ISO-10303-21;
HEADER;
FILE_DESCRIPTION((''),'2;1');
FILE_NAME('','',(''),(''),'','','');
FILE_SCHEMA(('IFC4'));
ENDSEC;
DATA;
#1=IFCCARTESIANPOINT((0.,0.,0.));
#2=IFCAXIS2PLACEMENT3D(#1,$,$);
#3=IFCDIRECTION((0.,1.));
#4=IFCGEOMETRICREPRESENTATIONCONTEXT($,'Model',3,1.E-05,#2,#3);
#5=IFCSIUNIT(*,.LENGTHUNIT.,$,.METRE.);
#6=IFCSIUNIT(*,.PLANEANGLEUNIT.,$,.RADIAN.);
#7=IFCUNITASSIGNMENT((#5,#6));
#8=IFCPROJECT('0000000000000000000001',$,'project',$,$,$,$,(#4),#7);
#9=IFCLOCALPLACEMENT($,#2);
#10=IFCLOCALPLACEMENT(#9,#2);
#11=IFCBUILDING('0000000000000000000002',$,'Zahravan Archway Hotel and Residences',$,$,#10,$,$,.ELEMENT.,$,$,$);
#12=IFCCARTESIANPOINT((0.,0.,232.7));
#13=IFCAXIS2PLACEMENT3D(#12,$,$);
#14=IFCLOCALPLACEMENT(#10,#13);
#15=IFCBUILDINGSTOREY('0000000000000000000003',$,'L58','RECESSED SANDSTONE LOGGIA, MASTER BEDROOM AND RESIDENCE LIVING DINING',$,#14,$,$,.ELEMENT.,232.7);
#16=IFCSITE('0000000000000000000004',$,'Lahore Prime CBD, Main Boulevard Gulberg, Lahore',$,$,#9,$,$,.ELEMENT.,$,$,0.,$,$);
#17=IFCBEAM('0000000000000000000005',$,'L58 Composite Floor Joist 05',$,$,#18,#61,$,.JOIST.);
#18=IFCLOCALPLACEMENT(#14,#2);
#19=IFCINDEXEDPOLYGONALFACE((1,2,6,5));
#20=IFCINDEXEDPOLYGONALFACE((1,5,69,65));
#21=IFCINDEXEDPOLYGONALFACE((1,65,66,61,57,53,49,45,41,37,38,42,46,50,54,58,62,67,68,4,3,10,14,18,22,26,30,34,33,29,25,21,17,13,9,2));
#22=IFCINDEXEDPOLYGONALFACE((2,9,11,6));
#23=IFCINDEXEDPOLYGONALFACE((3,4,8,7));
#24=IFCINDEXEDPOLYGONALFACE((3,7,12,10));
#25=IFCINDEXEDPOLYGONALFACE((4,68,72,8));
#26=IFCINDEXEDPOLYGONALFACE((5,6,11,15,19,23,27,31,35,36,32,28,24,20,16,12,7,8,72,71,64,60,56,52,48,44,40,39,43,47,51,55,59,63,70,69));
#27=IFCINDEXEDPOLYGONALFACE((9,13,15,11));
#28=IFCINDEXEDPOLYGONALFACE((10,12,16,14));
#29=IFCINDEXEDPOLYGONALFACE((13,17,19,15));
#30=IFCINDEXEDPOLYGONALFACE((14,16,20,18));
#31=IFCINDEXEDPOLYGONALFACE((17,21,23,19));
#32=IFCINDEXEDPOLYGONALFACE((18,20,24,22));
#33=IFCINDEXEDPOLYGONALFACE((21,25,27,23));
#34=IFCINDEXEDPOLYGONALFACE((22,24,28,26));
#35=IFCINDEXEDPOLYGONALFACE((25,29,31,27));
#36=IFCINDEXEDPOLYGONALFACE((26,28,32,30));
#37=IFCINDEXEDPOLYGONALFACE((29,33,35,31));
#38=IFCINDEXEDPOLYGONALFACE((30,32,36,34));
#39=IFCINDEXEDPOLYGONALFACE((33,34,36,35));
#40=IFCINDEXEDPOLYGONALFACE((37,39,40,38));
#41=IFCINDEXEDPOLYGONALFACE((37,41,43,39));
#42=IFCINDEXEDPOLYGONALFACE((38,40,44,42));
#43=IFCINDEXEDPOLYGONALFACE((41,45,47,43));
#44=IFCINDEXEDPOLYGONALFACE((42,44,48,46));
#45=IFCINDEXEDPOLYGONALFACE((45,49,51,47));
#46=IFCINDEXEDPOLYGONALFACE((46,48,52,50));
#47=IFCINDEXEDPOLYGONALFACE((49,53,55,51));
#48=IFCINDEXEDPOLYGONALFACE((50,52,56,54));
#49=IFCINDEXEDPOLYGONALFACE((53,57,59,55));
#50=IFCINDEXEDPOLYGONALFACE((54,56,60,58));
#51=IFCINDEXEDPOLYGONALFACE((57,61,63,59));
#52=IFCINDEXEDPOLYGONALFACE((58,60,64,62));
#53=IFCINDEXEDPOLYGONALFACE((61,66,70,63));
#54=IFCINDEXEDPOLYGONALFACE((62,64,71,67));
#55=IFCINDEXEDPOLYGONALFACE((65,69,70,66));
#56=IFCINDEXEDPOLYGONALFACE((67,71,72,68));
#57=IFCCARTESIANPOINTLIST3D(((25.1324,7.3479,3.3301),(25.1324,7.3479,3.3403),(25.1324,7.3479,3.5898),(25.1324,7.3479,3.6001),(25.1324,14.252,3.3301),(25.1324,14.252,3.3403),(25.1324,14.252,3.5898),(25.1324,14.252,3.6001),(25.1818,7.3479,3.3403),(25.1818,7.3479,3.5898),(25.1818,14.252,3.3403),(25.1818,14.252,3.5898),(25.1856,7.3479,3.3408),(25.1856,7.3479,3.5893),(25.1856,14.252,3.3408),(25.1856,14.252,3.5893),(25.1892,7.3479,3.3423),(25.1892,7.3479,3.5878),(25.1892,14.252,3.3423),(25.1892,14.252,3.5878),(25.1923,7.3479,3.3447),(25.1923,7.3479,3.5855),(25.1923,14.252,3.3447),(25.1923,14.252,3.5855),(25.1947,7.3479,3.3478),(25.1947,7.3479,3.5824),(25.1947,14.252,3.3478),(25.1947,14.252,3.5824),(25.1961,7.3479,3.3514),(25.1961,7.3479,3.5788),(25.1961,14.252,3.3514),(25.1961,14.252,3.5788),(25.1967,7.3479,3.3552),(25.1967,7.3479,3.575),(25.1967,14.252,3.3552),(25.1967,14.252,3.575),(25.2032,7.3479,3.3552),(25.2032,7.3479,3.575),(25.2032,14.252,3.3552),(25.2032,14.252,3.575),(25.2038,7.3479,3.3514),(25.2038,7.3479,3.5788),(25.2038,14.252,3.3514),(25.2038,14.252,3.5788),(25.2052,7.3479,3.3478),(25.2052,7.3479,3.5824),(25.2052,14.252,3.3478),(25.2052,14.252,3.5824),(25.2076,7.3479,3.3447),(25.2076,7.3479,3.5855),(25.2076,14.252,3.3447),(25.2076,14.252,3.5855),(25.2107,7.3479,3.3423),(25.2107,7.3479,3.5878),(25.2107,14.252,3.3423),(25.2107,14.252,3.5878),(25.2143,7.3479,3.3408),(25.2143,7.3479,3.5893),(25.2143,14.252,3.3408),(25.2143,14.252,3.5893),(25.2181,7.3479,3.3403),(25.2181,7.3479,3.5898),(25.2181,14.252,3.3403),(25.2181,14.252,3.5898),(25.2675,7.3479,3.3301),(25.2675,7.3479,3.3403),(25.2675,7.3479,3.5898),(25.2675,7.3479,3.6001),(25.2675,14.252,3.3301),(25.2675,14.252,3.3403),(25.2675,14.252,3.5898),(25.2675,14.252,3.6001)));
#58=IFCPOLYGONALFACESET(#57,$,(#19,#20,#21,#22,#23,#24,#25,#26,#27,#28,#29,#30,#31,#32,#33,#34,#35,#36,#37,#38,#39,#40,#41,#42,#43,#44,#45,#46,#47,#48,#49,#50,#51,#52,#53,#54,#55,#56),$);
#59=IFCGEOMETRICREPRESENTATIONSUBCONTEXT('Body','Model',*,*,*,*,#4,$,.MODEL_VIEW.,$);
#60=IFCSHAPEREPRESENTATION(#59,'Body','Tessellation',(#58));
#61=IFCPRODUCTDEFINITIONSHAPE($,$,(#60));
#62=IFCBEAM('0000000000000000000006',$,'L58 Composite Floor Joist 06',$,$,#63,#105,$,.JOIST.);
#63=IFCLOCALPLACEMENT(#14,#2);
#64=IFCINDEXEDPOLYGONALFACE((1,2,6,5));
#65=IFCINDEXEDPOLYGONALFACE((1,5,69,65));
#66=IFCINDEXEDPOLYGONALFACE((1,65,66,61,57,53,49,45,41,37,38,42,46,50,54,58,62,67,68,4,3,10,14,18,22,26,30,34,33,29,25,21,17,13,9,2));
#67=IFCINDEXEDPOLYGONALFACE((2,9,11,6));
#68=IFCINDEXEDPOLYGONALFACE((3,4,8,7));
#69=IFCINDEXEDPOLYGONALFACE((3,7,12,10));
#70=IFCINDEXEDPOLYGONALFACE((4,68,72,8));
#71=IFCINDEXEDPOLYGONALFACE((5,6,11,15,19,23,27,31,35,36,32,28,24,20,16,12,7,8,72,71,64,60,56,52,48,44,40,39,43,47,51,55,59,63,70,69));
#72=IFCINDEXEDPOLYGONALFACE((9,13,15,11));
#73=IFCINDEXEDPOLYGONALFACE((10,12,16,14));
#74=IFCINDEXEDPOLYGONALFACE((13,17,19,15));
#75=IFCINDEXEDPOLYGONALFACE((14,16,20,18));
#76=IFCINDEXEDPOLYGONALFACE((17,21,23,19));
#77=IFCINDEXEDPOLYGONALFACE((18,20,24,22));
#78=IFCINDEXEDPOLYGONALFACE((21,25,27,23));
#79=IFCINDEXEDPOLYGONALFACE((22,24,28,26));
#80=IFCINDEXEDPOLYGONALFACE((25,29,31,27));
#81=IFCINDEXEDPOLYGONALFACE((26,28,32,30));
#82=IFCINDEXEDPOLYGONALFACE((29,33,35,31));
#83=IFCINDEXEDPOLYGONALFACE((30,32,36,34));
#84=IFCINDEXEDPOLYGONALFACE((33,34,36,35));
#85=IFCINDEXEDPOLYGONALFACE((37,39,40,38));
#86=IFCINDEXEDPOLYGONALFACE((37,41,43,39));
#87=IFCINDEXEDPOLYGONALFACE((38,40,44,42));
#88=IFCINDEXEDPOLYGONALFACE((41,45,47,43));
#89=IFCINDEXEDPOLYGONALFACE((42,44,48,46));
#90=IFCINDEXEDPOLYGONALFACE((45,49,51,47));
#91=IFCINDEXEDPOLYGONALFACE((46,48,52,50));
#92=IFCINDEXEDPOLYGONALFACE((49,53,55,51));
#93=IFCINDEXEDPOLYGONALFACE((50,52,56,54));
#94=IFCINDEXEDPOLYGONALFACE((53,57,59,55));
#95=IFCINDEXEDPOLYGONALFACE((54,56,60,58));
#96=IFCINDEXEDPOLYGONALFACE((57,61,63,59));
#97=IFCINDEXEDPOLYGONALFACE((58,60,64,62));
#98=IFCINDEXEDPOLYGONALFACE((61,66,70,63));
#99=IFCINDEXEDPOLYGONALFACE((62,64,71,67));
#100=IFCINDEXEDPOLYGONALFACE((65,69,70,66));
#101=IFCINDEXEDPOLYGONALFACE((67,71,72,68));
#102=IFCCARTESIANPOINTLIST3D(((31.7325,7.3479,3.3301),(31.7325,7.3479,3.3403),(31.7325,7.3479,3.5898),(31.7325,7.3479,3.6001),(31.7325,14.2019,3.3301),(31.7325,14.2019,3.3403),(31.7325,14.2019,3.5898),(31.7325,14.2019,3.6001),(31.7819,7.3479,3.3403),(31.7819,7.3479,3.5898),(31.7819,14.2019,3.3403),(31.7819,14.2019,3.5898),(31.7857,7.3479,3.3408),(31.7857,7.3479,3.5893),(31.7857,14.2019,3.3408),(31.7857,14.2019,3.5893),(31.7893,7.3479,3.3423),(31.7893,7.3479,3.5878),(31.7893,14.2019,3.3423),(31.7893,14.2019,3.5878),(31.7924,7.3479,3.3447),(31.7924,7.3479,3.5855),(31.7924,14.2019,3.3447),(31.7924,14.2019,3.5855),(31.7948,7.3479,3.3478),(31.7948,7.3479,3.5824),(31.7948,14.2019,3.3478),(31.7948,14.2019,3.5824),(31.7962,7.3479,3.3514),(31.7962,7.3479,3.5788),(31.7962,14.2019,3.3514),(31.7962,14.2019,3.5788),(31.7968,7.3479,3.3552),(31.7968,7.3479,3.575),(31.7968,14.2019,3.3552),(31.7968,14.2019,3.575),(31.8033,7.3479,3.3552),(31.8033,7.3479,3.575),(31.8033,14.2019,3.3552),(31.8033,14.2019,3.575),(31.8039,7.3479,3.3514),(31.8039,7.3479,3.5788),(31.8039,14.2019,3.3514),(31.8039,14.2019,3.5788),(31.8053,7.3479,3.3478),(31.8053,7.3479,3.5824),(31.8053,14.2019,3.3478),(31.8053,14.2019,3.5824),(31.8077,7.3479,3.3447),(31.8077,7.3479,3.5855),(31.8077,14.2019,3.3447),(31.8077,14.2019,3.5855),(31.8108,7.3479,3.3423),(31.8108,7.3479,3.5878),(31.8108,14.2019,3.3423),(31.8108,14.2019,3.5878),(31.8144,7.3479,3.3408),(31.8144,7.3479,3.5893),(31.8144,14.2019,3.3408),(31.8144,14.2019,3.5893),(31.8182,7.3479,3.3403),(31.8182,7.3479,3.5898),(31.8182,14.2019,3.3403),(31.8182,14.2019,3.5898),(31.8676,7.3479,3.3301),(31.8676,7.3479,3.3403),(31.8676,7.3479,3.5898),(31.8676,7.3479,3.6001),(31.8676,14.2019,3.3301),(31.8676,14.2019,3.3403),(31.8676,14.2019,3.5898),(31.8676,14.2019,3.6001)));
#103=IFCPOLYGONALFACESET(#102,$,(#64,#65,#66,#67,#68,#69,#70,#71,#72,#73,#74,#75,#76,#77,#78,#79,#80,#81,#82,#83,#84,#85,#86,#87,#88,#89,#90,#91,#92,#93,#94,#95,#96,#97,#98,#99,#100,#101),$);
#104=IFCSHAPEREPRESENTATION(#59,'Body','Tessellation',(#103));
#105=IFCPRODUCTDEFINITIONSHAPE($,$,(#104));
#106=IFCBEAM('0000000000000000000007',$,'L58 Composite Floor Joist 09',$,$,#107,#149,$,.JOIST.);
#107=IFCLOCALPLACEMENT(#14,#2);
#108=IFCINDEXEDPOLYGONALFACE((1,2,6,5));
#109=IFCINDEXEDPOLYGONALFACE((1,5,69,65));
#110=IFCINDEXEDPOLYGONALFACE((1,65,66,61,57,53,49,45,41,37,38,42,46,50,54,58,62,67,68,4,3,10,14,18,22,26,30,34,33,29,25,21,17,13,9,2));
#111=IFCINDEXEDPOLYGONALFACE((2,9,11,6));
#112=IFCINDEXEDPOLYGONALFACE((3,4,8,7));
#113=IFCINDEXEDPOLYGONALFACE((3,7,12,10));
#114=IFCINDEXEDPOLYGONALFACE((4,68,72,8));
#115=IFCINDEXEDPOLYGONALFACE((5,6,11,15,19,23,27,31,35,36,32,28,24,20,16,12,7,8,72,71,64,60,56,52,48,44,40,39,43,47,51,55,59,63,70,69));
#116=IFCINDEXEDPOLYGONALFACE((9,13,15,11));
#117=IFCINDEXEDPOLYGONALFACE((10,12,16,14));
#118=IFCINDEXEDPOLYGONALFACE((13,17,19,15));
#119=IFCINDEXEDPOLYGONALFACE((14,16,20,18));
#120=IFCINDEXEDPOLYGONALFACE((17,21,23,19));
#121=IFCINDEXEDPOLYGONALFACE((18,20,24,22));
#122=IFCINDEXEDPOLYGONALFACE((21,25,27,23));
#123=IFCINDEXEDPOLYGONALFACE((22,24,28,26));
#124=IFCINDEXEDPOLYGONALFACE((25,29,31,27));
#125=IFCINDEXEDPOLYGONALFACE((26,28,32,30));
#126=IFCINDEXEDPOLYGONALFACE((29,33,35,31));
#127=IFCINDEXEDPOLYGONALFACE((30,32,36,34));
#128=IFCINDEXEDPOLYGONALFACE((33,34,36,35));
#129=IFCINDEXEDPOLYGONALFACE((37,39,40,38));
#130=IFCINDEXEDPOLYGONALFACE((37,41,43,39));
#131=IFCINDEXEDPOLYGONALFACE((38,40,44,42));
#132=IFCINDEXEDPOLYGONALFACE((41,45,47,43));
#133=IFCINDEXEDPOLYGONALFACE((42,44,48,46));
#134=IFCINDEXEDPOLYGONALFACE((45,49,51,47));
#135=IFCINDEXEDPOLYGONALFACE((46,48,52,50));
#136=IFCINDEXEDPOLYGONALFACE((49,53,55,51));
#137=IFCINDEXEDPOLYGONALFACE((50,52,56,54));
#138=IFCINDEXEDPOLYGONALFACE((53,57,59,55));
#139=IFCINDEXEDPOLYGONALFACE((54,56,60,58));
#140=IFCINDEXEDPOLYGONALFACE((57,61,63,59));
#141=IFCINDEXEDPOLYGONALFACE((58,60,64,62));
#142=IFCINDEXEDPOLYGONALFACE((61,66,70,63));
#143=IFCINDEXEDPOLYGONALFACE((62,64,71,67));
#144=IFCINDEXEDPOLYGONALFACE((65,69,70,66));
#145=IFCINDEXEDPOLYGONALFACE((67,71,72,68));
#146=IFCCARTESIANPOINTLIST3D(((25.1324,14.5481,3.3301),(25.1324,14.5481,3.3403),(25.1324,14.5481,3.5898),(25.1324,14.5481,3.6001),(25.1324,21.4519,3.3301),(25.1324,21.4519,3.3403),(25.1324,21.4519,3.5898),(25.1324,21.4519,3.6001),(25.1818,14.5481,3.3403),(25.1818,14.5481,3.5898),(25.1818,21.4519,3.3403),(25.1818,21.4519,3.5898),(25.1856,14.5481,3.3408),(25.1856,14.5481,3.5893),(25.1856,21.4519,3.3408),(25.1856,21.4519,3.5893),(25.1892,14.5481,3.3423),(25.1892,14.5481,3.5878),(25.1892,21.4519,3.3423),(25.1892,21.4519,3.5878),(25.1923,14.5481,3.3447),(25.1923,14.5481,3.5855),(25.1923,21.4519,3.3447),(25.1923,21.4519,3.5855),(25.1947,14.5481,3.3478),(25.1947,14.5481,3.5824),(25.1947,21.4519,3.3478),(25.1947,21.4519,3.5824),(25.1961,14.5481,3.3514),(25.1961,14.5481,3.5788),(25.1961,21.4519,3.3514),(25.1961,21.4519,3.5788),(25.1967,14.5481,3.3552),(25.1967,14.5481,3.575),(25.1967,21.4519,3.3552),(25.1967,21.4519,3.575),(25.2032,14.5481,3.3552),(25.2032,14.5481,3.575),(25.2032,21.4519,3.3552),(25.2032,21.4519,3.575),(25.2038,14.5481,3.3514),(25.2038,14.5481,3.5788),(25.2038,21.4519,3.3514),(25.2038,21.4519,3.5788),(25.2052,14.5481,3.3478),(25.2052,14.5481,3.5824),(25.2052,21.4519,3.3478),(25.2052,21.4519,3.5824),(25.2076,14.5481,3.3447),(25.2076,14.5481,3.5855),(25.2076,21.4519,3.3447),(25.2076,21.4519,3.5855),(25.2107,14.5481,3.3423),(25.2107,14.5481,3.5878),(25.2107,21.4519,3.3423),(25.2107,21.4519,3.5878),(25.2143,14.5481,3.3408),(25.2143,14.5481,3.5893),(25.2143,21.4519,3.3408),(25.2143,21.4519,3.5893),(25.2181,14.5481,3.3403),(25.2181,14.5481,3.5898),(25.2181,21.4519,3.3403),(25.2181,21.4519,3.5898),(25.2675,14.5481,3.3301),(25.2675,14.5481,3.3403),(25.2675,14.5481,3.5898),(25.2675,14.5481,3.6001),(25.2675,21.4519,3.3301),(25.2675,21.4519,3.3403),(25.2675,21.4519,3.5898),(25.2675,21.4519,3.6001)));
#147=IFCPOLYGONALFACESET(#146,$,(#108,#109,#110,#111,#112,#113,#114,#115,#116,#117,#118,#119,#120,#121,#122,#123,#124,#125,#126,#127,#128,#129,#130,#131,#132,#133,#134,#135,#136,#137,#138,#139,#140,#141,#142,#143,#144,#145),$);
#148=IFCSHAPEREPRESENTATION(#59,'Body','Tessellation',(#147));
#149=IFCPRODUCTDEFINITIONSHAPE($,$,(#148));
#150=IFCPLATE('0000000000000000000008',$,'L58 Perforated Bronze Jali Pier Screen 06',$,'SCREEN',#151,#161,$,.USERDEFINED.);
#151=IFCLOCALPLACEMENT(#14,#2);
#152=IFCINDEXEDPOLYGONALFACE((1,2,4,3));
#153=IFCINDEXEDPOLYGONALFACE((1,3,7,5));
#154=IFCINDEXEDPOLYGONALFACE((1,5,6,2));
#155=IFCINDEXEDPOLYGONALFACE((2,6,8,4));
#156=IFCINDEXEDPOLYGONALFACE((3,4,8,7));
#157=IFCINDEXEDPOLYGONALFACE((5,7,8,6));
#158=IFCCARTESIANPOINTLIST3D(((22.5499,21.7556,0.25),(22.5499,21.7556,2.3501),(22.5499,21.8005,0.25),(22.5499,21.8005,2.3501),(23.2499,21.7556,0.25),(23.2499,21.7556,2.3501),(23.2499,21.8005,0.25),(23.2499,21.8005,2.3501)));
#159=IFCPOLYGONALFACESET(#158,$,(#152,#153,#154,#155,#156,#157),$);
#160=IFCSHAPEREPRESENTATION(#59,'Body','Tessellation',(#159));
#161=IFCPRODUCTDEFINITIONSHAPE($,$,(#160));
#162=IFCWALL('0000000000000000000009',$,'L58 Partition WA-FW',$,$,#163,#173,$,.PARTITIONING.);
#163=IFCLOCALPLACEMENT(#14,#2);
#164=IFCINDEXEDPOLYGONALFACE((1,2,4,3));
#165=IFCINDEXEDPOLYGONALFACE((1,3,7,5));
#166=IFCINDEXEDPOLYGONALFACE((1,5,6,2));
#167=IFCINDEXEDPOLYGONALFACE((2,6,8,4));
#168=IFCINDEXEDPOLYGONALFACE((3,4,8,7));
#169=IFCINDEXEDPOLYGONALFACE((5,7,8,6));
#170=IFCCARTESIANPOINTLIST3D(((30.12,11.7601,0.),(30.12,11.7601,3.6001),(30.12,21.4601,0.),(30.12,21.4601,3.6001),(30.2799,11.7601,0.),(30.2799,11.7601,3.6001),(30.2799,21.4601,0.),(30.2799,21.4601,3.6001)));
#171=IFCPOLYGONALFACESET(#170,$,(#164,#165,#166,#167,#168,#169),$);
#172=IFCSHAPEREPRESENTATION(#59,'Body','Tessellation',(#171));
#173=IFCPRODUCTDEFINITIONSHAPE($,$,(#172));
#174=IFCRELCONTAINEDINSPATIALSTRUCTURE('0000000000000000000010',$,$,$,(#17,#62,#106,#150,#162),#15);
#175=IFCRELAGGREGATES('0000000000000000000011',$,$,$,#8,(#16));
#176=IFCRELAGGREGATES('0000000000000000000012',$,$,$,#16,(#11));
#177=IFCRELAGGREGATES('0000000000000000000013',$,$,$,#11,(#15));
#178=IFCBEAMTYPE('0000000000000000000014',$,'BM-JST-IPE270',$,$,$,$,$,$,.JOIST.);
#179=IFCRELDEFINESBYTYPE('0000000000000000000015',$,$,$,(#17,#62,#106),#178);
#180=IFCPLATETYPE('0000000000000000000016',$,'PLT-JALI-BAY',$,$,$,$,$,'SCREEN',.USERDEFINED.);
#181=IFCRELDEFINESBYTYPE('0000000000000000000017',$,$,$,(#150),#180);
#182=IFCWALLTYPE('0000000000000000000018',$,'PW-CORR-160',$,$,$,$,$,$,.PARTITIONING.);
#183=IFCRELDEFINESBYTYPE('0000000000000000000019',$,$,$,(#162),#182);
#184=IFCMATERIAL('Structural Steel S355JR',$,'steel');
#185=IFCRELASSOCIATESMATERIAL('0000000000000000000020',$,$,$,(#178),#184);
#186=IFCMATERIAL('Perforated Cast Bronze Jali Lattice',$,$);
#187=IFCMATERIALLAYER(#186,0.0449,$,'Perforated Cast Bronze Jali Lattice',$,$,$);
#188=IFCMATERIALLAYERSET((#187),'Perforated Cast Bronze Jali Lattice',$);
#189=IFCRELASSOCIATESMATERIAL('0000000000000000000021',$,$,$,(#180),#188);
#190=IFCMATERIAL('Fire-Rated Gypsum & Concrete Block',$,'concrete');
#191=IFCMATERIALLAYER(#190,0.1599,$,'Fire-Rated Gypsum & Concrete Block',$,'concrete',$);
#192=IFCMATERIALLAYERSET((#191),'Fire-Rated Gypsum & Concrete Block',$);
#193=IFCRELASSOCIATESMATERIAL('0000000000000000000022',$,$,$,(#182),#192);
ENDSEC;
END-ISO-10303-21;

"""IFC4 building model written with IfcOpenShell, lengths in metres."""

from ifc_helpers import new_model, si_unit, direction, frame, frame_2d, origin, origin_2d, place, context, subcontext, project, spatial, rectangle, i_section, extrude, source, transform, mapped, material, layer, layer_set, material_profile, profile_set, type_object, type_shapes, element, save


model = new_model("IFC4")

# Units and contexts
model_context = context("Model", 3, precision=1e-05, world=origin(), true_north=direction((0.0, 1.0)))
body_context = subcontext(model_context, "Body", "Model", "MODEL_VIEW")
ifc_project = project(units=[si_unit("LENGTHUNIT", "METRE"), si_unit("PLANEANGLEUNIT", "RADIAN")], contexts=[model_context])

# Site, building, storey
site_placement = place(None, origin())
site = spatial("IfcSite", under=ifc_project, at=site_placement, Name="Lahore Prime CBD, Main Boulevard Gulberg, Lahore", CompositionType="ELEMENT", RefElevation=0.0)
building_placement = place(site_placement, origin())
building = spatial("IfcBuilding", under=site, at=building_placement, Name="Zahravan Archway Hotel and Residences", CompositionType="ELEMENT")
storey_placement = place(building_placement, frame((0.0, 0.0, 232.7)))
storey = spatial("IfcBuildingStorey", under=building, at=storey_placement, Name="L58", Description="RECESSED SANDSTONE LOGGIA, MASTER BEDROOM AND RESIDENCE LIVING DINING", CompositionType="ELEMENT", Elevation=232.7)

# Beams
ifc_material_1 = material(Name="Structural Steel S355JR", Category="steel")
ifc_material_profile_1 = material_profile(ifc_material_1, i_section(OverallWidth=0.135, OverallDepth=0.27, WebThickness=0.0066, FlangeThickness=0.0103, FilletRadius=0.0149, at=origin_2d()), Name="IPE 270", Category="steel")
ifc_profile_set_1 = profile_set([ifc_material_profile_1], Name="Structural Steel S355JR")
beam_type_1 = type_object("IfcBeamType", Name="BM-JST-IPE270", PredefinedType="JOIST", material=ifc_profile_set_1)
shared_shape_1 = source(origin(), body_context, "Body", "SweptSolid", [
    extrude(i_section(OverallWidth=0.135, OverallDepth=0.27, WebThickness=0.0066, FlangeThickness=0.0103, FilletRadius=0.0149, at=origin_2d()), origin(), (0.0, 0.0, 1.0), 6.9041),
])
type_shapes(beam_type_1, [shared_shape_1])
beam_1_placement = place(storey_placement, frame((25.2, 7.3479, 3.4651), z_axis=(0.0, 1.0, 0.0), x_axis=(-1.0, 0.0, 0.0)))
element("IfcBeam", 1, at=beam_1_placement, inside=storey, type_object=beam_type_1, Name="L58 Composite Floor Joist 05", PredefinedType="JOIST", context=body_context, shape_type="MappedRepresentation", body=[
    mapped(shared_shape_1, transform((0.0, 0.0, 0.0), scale=1.0)),
])
shared_shape_2 = source(origin(), body_context, "Body", "SweptSolid", [
    extrude(i_section(OverallWidth=0.135, OverallDepth=0.27, WebThickness=0.0066, FlangeThickness=0.0103, FilletRadius=0.0149, at=origin_2d()), origin(), (0.0, 0.0, 1.0), 6.854),
])
beam_2_placement = place(storey_placement, frame((31.8, 7.3479, 3.4651), z_axis=(0.0, 1.0, 0.0), x_axis=(-1.0, 0.0, 0.0)))
element("IfcBeam", 2, at=beam_2_placement, inside=storey, type_object=beam_type_1, Name="L58 Composite Floor Joist 06", PredefinedType="JOIST", context=body_context, shape_type="MappedRepresentation", body=[
    mapped(shared_shape_2, transform((0.0, 0.0, 0.0), scale=1.0)),
])
shared_shape_3 = source(origin(), body_context, "Body", "SweptSolid", [
    extrude(i_section(OverallWidth=0.135, OverallDepth=0.27, WebThickness=0.0066, FlangeThickness=0.0103, FilletRadius=0.0149, at=origin_2d()), origin(), (0.0, 0.0, 1.0), 6.9038),
])
beam_3_placement = place(storey_placement, frame((25.2, 14.5481, 3.4651), z_axis=(0.0, 1.0, 0.0), x_axis=(-1.0, 0.0, 0.0)))
element("IfcBeam", 3, at=beam_3_placement, inside=storey, type_object=beam_type_1, Name="L58 Composite Floor Joist 09", PredefinedType="JOIST", context=body_context, shape_type="MappedRepresentation", body=[
    mapped(shared_shape_3, transform((0.0, 0.0, 0.0), scale=1.0)),
])

# Plate
ifc_material_2 = material(Name="Perforated Cast Bronze Jali Lattice")
ifc_layer_1 = layer(ifc_material_2, 0.0449, Name="Perforated Cast Bronze Jali Lattice")
ifc_layer_set_1 = layer_set([ifc_layer_1], Name="Perforated Cast Bronze Jali Lattice")
plate_type = type_object("IfcPlateType", Name="PLT-JALI-BAY", ElementType="SCREEN", PredefinedType="USERDEFINED", material=ifc_layer_set_1)
shared_shape_4 = source(origin(), body_context, "Body", "SweptSolid", [
    extrude(rectangle(XDim=0.7, YDim=0.0449, at=origin_2d()), origin(), (0.0, 0.0, 1.0), 2.1001),
])
type_shapes(plate_type, [shared_shape_4])
plate_placement = place(storey_placement, frame((22.8999, 21.7781, 0.25), z_axis=(0.0, 0.0, 1.0), x_axis=(1.0, 0.0, 0.0)))
element("IfcPlate", 4, at=plate_placement, inside=storey, type_object=plate_type, Name="L58 Perforated Bronze Jali Pier Screen 06", ObjectType="SCREEN", PredefinedType="USERDEFINED", context=body_context, shape_type="MappedRepresentation", body=[
    mapped(shared_shape_4, transform((0.0, 0.0, 0.0), scale=1.0)),
])

# Wall
ifc_material_3 = material(Name="Fire-Rated Gypsum & Concrete Block", Category="concrete")
ifc_layer_2 = layer(ifc_material_3, 0.1599, Name="Fire-Rated Gypsum & Concrete Block", Category="concrete")
ifc_layer_set_2 = layer_set([ifc_layer_2], Name="Fire-Rated Gypsum & Concrete Block")
wall_type_1 = type_object("IfcWallType", Name="PW-CORR-160", PredefinedType="PARTITIONING", material=ifc_layer_set_2)
wall_1_placement = place(storey_placement, frame((30.2, 11.76, 0.0), z_axis=(0.0, 0.0, 1.0), x_axis=(0.0, 1.0, 0.0)))
element("IfcWall", 5, at=wall_1_placement, inside=storey, type_object=wall_type_1, Name="L58 Partition WA-FW", PredefinedType="PARTITIONING", context=body_context, shape_type="SweptSolid", body=[
    extrude(rectangle(XDim=9.7, YDim=0.1599, at=frame_2d((4.8501, 0.0))), origin(), (0.0, 0.0, 1.0), 3.6001),
])

save(model, "model.ifc")
